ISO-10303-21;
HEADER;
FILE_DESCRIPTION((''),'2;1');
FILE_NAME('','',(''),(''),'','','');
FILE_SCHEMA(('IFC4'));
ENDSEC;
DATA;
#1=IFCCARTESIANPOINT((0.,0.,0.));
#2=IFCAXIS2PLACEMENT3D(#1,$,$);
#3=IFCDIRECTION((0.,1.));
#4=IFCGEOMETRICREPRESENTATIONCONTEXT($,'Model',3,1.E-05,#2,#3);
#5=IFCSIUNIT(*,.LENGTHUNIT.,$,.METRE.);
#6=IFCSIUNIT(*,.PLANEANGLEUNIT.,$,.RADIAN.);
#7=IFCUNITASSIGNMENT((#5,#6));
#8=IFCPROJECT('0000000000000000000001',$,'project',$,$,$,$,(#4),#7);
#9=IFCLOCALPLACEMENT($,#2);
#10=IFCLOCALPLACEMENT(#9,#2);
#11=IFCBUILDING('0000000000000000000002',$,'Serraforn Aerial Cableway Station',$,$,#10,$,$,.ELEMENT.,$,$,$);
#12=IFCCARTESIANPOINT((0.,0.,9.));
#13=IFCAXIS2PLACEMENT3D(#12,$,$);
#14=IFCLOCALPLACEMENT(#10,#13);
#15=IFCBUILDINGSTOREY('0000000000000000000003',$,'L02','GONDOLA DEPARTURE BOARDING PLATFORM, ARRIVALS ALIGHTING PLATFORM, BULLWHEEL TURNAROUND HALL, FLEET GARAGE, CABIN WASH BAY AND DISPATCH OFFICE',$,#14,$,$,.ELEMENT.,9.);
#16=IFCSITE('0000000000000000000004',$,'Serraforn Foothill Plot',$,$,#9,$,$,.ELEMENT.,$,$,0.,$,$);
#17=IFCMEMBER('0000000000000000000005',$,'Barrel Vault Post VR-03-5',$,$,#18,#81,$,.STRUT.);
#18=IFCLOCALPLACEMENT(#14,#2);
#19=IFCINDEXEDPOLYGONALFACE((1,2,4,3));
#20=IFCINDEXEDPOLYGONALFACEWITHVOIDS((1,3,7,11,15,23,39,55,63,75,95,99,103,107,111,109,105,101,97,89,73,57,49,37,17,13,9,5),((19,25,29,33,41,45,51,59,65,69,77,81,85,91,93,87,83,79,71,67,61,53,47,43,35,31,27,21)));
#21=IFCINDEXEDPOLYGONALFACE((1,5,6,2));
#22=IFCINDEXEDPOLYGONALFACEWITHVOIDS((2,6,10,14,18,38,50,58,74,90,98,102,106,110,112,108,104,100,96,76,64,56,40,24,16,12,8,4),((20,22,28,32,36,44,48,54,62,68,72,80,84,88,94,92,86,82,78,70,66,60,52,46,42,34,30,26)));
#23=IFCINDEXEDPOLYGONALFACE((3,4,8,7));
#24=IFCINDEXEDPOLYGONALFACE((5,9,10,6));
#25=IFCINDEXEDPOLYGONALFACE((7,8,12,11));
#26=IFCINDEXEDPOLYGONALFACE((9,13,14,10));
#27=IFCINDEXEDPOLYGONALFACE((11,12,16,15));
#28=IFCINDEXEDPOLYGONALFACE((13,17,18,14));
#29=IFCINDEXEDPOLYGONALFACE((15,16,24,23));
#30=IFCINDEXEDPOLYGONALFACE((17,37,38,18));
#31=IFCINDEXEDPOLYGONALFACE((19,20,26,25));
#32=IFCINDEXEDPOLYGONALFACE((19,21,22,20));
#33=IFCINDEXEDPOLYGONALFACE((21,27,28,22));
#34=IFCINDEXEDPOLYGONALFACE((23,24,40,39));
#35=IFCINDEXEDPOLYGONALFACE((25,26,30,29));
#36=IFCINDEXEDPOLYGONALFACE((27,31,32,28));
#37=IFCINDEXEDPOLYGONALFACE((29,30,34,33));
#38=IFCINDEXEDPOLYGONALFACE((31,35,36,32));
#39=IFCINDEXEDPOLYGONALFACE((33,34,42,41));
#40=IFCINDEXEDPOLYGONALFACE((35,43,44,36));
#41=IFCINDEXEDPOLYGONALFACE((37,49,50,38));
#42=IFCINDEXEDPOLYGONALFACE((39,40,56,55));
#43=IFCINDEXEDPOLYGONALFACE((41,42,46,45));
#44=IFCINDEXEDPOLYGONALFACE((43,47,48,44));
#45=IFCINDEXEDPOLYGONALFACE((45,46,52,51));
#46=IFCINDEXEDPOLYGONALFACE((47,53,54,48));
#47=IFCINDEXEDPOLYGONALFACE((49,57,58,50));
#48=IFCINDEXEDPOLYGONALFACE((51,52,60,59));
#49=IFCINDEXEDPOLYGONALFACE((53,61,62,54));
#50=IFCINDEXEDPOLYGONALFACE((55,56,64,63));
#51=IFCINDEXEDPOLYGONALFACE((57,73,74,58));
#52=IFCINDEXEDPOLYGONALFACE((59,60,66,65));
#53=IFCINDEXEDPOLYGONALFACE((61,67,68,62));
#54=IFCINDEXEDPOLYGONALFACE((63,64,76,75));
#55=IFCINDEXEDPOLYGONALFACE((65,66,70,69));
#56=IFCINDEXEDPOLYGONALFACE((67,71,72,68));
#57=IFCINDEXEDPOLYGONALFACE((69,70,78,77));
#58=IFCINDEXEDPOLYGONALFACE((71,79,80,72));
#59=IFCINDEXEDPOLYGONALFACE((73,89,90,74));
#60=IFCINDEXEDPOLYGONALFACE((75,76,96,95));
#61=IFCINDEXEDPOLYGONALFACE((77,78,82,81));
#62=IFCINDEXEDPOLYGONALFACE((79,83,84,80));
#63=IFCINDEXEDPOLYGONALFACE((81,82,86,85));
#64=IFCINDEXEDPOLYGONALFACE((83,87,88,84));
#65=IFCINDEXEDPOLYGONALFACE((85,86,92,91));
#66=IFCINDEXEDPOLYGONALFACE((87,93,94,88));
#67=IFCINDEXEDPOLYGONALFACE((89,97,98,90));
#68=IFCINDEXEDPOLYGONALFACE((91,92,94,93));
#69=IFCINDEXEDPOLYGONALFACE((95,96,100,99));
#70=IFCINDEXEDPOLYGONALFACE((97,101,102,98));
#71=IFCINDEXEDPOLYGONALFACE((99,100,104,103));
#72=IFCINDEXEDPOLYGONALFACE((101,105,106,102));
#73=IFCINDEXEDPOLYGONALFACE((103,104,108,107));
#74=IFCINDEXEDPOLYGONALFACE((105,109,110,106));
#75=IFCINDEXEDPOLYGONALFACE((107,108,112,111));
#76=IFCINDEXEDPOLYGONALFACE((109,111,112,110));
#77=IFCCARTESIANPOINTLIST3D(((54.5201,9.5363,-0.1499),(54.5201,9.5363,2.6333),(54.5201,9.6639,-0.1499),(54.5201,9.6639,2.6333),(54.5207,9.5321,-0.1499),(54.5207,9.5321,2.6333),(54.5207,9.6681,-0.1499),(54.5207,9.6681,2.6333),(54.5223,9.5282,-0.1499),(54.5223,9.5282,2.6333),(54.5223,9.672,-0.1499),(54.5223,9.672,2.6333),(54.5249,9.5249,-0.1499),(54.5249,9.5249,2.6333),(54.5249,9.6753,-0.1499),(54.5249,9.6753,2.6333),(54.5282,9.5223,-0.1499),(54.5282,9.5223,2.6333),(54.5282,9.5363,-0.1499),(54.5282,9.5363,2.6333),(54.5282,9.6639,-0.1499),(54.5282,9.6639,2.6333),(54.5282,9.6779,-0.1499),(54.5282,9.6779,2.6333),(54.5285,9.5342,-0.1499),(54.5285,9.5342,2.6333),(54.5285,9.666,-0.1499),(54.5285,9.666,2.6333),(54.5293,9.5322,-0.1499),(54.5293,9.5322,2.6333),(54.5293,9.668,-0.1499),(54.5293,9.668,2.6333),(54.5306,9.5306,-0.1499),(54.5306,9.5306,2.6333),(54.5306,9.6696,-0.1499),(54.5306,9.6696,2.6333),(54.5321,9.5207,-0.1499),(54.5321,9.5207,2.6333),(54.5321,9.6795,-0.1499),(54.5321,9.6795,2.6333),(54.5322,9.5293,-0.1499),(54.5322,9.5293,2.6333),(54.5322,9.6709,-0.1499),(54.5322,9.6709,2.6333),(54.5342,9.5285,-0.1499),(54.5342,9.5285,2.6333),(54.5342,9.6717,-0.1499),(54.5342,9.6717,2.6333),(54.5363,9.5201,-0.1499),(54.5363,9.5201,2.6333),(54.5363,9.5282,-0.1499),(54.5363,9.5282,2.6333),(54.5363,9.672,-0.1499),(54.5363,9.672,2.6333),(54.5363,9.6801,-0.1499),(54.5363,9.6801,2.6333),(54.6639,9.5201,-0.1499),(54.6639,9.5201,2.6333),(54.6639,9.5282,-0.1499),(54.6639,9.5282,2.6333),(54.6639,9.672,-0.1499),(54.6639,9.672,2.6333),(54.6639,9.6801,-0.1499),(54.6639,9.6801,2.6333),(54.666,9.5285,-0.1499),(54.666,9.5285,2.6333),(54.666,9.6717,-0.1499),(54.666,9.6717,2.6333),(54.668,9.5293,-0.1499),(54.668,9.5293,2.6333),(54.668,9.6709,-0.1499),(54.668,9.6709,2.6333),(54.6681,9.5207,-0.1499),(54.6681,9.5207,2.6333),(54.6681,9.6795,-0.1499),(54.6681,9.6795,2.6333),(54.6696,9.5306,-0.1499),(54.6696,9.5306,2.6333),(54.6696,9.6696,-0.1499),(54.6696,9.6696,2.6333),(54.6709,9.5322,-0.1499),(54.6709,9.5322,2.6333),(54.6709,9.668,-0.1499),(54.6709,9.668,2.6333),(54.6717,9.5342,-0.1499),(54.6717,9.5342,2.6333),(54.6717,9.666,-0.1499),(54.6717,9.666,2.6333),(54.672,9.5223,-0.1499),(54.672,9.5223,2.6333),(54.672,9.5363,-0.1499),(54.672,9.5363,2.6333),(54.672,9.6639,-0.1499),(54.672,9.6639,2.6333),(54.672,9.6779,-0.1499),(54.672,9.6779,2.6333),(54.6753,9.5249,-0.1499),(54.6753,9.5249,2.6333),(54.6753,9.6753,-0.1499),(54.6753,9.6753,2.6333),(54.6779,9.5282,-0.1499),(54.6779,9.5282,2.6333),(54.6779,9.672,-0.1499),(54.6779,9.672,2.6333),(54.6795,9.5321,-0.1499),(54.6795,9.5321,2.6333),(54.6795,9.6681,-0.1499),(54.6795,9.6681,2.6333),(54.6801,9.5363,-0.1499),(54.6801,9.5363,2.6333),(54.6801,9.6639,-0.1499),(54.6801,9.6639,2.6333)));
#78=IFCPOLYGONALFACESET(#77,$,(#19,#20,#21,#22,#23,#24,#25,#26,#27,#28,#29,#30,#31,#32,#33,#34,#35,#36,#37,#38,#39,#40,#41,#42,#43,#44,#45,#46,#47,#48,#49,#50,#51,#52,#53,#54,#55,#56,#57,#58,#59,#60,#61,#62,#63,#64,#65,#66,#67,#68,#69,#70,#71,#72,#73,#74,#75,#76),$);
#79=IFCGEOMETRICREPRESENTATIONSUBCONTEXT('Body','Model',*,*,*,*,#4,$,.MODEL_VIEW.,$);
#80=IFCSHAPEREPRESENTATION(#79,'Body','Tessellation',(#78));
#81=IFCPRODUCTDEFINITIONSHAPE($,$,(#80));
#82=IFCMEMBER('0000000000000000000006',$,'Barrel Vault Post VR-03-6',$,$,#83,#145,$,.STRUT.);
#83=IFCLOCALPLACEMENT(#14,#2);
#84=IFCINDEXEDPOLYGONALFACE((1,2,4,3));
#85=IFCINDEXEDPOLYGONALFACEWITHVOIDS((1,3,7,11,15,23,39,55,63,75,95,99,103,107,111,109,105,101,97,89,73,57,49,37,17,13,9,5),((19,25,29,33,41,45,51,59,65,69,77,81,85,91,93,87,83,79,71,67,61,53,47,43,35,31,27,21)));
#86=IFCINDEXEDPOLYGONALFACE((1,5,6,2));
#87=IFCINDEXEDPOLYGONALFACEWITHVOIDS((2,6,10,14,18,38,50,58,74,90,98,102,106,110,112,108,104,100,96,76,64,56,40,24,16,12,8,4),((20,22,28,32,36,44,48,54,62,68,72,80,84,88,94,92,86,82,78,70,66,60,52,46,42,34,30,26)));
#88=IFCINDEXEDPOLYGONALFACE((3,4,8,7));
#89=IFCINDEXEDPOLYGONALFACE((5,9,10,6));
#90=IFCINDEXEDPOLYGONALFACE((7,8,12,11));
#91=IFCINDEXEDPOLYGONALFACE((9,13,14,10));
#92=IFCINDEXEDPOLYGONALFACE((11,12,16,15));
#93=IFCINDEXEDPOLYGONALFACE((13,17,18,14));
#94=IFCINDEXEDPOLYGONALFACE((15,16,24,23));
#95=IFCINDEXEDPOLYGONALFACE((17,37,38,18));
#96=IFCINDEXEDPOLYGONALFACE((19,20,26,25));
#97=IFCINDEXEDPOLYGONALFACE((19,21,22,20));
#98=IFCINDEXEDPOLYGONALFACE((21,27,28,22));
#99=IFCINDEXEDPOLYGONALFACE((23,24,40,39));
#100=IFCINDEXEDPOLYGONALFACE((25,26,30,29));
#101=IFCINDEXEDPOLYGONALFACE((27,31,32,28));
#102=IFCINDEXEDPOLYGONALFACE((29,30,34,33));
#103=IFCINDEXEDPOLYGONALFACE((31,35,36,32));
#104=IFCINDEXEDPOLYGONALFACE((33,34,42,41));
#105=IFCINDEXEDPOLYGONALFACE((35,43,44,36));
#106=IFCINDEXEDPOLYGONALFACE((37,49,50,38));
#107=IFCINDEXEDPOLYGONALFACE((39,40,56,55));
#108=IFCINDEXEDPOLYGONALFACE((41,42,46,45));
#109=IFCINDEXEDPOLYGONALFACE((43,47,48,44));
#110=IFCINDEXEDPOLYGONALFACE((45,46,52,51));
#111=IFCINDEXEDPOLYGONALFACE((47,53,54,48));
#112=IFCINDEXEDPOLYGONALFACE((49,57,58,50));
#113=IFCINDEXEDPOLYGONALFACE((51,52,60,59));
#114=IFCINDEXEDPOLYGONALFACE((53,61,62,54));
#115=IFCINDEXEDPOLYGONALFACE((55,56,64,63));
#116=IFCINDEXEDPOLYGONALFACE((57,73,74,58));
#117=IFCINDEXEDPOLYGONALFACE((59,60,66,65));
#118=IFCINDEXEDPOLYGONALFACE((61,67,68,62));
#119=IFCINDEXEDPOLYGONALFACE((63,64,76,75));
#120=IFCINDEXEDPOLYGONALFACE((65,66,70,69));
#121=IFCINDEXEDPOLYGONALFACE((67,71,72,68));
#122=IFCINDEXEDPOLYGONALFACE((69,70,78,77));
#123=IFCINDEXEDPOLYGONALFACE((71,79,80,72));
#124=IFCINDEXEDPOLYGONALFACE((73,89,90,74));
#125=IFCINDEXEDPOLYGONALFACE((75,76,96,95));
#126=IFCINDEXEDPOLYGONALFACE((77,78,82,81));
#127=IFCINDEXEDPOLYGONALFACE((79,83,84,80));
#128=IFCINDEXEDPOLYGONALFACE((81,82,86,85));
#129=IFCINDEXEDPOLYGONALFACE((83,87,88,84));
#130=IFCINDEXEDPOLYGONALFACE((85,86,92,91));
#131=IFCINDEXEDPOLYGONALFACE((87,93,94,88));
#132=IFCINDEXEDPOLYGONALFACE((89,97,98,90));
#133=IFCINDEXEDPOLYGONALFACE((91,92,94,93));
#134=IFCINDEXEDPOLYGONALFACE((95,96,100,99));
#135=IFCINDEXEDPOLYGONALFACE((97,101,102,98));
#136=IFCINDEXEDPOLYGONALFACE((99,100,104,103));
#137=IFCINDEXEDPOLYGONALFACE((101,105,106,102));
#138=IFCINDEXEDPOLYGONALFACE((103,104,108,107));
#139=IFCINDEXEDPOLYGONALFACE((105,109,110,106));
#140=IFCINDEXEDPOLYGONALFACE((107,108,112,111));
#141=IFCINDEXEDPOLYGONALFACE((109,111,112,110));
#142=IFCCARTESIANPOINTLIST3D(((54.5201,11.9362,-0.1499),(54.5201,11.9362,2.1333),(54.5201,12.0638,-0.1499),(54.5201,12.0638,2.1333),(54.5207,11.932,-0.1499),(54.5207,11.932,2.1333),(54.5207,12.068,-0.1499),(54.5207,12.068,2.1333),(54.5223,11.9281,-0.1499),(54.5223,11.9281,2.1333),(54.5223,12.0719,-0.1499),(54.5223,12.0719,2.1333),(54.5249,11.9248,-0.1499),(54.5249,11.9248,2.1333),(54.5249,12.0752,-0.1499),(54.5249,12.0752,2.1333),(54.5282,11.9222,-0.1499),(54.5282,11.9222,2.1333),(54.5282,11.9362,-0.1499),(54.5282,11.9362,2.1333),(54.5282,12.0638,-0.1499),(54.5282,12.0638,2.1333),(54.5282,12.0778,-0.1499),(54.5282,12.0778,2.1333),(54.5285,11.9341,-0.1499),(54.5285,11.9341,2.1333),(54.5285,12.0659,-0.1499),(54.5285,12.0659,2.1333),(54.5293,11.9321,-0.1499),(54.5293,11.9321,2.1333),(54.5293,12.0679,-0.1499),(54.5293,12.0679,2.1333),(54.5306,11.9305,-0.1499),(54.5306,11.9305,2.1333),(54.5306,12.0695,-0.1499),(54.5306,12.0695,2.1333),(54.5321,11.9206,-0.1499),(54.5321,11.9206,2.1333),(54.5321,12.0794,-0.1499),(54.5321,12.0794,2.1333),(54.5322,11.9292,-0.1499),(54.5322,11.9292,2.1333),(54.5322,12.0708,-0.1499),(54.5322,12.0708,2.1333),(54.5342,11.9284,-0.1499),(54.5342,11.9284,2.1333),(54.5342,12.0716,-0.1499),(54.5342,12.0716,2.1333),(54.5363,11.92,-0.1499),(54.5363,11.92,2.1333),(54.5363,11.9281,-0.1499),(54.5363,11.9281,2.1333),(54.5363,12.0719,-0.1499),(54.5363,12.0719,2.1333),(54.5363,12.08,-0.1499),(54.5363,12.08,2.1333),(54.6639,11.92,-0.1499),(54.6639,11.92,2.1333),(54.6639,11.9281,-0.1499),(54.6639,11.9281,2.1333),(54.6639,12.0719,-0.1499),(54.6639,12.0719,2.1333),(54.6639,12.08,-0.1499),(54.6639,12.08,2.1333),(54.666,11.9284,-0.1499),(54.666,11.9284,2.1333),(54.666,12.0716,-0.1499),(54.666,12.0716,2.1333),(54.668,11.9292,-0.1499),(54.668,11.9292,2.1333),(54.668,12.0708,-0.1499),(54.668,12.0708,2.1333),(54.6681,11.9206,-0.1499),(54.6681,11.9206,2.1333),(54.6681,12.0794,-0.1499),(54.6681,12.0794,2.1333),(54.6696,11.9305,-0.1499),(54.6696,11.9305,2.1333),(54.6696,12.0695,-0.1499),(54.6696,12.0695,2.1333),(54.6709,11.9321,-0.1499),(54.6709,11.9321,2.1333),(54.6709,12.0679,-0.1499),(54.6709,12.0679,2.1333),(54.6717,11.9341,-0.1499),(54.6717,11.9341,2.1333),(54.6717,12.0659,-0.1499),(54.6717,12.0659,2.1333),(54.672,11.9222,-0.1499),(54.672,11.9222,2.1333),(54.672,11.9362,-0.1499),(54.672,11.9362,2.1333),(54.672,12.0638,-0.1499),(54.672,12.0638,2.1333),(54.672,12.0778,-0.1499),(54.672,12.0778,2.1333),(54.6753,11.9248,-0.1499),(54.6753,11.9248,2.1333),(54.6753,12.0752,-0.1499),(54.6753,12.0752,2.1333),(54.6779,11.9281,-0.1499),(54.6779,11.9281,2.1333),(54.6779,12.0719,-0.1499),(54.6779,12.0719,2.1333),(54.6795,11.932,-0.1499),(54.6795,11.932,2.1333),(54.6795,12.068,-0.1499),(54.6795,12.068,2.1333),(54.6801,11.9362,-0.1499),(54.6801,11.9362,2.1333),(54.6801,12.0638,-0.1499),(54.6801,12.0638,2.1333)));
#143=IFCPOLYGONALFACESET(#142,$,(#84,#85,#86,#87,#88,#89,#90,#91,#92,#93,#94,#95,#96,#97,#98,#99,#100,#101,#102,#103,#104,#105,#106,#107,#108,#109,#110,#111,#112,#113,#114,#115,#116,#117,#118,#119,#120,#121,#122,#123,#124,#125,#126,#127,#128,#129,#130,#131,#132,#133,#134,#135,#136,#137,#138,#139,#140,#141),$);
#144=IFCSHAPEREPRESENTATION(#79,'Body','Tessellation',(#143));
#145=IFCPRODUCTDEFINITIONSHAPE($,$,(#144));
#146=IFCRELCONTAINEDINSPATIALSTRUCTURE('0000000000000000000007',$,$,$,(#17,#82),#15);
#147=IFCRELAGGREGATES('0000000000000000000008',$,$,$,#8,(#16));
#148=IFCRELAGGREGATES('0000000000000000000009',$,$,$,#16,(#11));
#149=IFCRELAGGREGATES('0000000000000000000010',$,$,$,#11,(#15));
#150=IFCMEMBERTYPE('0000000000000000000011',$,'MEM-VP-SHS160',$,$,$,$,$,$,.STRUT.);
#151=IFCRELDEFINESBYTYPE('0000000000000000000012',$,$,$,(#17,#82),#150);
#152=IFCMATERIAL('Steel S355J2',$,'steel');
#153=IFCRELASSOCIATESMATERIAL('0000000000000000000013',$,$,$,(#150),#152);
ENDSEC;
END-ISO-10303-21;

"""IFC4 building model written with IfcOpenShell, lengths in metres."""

from ifc_helpers import new_model, si_unit, direction, frame, origin, origin_2d, place, context, subcontext, project, spatial, hollow_rectangle, extrude, material, material_profile, profile_set, type_object, element, save


model = new_model("IFC4")

# Units and contexts
model_context = context("Model", 3, precision=1e-05, world=origin(), true_north=direction((0.0, 1.0)))
body_context = subcontext(model_context, "Body", "Model", "MODEL_VIEW")
ifc_project = project(units=[si_unit("LENGTHUNIT", "METRE"), si_unit("PLANEANGLEUNIT", "RADIAN")], contexts=[model_context])

# Site, building, storey
site_placement = place(None, origin())
site = spatial("IfcSite", under=ifc_project, at=site_placement, Name="Serraforn Foothill Plot", CompositionType="ELEMENT", RefElevation=0.0)
building_placement = place(site_placement, origin())
building = spatial("IfcBuilding", under=site, at=building_placement, Name="Serraforn Aerial Cableway Station", CompositionType="ELEMENT")
storey_placement = place(building_placement, frame((0.0, 0.0, 9.0)))
storey = spatial("IfcBuildingStorey", under=building, at=storey_placement, Name="L02", Description="GONDOLA DEPARTURE BOARDING PLATFORM, ARRIVALS ALIGHTING PLATFORM, BULLWHEEL TURNAROUND HALL, FLEET GARAGE, CABIN WASH BAY AND DISPATCH OFFICE", CompositionType="ELEMENT", Elevation=9.0)

# Members
ifc_material_1 = material(Name="Steel S355J2", Category="steel")
ifc_material_profile_1 = material_profile(ifc_material_1, hollow_rectangle(XDim=0.1599, YDim=0.1599, WallThickness=0.0081, InnerFilletRadius=0.0081, OuterFilletRadius=0.0161, at=origin_2d()), Name="SHS 160x160x8.0")
ifc_profile_set_1 = profile_set([ifc_material_profile_1], Name="Steel S355J2")
member_type_1 = type_object("IfcMemberType", Name="MEM-VP-SHS160", PredefinedType="STRUT", material=ifc_profile_set_1)
member_1_placement = place(storey_placement, frame((54.6001, 9.6001, -0.1499), z_axis=(0.0, 0.0, 1.0), x_axis=(1.0, 0.0, 0.0)))
element("IfcMember", 1, at=member_1_placement, inside=storey, type_object=member_type_1, Name="Barrel Vault Post VR-03-5", PredefinedType="STRUT", context=body_context, shape_type="SweptSolid", body=[
    extrude(hollow_rectangle(XDim=0.1599, YDim=0.1599, WallThickness=0.0081, InnerFilletRadius=0.0081, OuterFilletRadius=0.0161, at=origin_2d()), origin(), (0.0, 0.0, 1.0), 2.7832),
])
member_2_placement = place(storey_placement, frame((54.6001, 12.0, -0.1499), z_axis=(0.0, 0.0, 1.0), x_axis=(1.0, 0.0, 0.0)))
element("IfcMember", 2, at=member_2_placement, inside=storey, type_object=member_type_1, Name="Barrel Vault Post VR-03-6", PredefinedType="STRUT", context=body_context, shape_type="SweptSolid", body=[
    extrude(hollow_rectangle(XDim=0.1599, YDim=0.1599, WallThickness=0.0081, InnerFilletRadius=0.0081, OuterFilletRadius=0.0161, at=origin_2d()), origin(), (0.0, 0.0, 1.0), 2.2832),
])

save(model, "model.ifc")
